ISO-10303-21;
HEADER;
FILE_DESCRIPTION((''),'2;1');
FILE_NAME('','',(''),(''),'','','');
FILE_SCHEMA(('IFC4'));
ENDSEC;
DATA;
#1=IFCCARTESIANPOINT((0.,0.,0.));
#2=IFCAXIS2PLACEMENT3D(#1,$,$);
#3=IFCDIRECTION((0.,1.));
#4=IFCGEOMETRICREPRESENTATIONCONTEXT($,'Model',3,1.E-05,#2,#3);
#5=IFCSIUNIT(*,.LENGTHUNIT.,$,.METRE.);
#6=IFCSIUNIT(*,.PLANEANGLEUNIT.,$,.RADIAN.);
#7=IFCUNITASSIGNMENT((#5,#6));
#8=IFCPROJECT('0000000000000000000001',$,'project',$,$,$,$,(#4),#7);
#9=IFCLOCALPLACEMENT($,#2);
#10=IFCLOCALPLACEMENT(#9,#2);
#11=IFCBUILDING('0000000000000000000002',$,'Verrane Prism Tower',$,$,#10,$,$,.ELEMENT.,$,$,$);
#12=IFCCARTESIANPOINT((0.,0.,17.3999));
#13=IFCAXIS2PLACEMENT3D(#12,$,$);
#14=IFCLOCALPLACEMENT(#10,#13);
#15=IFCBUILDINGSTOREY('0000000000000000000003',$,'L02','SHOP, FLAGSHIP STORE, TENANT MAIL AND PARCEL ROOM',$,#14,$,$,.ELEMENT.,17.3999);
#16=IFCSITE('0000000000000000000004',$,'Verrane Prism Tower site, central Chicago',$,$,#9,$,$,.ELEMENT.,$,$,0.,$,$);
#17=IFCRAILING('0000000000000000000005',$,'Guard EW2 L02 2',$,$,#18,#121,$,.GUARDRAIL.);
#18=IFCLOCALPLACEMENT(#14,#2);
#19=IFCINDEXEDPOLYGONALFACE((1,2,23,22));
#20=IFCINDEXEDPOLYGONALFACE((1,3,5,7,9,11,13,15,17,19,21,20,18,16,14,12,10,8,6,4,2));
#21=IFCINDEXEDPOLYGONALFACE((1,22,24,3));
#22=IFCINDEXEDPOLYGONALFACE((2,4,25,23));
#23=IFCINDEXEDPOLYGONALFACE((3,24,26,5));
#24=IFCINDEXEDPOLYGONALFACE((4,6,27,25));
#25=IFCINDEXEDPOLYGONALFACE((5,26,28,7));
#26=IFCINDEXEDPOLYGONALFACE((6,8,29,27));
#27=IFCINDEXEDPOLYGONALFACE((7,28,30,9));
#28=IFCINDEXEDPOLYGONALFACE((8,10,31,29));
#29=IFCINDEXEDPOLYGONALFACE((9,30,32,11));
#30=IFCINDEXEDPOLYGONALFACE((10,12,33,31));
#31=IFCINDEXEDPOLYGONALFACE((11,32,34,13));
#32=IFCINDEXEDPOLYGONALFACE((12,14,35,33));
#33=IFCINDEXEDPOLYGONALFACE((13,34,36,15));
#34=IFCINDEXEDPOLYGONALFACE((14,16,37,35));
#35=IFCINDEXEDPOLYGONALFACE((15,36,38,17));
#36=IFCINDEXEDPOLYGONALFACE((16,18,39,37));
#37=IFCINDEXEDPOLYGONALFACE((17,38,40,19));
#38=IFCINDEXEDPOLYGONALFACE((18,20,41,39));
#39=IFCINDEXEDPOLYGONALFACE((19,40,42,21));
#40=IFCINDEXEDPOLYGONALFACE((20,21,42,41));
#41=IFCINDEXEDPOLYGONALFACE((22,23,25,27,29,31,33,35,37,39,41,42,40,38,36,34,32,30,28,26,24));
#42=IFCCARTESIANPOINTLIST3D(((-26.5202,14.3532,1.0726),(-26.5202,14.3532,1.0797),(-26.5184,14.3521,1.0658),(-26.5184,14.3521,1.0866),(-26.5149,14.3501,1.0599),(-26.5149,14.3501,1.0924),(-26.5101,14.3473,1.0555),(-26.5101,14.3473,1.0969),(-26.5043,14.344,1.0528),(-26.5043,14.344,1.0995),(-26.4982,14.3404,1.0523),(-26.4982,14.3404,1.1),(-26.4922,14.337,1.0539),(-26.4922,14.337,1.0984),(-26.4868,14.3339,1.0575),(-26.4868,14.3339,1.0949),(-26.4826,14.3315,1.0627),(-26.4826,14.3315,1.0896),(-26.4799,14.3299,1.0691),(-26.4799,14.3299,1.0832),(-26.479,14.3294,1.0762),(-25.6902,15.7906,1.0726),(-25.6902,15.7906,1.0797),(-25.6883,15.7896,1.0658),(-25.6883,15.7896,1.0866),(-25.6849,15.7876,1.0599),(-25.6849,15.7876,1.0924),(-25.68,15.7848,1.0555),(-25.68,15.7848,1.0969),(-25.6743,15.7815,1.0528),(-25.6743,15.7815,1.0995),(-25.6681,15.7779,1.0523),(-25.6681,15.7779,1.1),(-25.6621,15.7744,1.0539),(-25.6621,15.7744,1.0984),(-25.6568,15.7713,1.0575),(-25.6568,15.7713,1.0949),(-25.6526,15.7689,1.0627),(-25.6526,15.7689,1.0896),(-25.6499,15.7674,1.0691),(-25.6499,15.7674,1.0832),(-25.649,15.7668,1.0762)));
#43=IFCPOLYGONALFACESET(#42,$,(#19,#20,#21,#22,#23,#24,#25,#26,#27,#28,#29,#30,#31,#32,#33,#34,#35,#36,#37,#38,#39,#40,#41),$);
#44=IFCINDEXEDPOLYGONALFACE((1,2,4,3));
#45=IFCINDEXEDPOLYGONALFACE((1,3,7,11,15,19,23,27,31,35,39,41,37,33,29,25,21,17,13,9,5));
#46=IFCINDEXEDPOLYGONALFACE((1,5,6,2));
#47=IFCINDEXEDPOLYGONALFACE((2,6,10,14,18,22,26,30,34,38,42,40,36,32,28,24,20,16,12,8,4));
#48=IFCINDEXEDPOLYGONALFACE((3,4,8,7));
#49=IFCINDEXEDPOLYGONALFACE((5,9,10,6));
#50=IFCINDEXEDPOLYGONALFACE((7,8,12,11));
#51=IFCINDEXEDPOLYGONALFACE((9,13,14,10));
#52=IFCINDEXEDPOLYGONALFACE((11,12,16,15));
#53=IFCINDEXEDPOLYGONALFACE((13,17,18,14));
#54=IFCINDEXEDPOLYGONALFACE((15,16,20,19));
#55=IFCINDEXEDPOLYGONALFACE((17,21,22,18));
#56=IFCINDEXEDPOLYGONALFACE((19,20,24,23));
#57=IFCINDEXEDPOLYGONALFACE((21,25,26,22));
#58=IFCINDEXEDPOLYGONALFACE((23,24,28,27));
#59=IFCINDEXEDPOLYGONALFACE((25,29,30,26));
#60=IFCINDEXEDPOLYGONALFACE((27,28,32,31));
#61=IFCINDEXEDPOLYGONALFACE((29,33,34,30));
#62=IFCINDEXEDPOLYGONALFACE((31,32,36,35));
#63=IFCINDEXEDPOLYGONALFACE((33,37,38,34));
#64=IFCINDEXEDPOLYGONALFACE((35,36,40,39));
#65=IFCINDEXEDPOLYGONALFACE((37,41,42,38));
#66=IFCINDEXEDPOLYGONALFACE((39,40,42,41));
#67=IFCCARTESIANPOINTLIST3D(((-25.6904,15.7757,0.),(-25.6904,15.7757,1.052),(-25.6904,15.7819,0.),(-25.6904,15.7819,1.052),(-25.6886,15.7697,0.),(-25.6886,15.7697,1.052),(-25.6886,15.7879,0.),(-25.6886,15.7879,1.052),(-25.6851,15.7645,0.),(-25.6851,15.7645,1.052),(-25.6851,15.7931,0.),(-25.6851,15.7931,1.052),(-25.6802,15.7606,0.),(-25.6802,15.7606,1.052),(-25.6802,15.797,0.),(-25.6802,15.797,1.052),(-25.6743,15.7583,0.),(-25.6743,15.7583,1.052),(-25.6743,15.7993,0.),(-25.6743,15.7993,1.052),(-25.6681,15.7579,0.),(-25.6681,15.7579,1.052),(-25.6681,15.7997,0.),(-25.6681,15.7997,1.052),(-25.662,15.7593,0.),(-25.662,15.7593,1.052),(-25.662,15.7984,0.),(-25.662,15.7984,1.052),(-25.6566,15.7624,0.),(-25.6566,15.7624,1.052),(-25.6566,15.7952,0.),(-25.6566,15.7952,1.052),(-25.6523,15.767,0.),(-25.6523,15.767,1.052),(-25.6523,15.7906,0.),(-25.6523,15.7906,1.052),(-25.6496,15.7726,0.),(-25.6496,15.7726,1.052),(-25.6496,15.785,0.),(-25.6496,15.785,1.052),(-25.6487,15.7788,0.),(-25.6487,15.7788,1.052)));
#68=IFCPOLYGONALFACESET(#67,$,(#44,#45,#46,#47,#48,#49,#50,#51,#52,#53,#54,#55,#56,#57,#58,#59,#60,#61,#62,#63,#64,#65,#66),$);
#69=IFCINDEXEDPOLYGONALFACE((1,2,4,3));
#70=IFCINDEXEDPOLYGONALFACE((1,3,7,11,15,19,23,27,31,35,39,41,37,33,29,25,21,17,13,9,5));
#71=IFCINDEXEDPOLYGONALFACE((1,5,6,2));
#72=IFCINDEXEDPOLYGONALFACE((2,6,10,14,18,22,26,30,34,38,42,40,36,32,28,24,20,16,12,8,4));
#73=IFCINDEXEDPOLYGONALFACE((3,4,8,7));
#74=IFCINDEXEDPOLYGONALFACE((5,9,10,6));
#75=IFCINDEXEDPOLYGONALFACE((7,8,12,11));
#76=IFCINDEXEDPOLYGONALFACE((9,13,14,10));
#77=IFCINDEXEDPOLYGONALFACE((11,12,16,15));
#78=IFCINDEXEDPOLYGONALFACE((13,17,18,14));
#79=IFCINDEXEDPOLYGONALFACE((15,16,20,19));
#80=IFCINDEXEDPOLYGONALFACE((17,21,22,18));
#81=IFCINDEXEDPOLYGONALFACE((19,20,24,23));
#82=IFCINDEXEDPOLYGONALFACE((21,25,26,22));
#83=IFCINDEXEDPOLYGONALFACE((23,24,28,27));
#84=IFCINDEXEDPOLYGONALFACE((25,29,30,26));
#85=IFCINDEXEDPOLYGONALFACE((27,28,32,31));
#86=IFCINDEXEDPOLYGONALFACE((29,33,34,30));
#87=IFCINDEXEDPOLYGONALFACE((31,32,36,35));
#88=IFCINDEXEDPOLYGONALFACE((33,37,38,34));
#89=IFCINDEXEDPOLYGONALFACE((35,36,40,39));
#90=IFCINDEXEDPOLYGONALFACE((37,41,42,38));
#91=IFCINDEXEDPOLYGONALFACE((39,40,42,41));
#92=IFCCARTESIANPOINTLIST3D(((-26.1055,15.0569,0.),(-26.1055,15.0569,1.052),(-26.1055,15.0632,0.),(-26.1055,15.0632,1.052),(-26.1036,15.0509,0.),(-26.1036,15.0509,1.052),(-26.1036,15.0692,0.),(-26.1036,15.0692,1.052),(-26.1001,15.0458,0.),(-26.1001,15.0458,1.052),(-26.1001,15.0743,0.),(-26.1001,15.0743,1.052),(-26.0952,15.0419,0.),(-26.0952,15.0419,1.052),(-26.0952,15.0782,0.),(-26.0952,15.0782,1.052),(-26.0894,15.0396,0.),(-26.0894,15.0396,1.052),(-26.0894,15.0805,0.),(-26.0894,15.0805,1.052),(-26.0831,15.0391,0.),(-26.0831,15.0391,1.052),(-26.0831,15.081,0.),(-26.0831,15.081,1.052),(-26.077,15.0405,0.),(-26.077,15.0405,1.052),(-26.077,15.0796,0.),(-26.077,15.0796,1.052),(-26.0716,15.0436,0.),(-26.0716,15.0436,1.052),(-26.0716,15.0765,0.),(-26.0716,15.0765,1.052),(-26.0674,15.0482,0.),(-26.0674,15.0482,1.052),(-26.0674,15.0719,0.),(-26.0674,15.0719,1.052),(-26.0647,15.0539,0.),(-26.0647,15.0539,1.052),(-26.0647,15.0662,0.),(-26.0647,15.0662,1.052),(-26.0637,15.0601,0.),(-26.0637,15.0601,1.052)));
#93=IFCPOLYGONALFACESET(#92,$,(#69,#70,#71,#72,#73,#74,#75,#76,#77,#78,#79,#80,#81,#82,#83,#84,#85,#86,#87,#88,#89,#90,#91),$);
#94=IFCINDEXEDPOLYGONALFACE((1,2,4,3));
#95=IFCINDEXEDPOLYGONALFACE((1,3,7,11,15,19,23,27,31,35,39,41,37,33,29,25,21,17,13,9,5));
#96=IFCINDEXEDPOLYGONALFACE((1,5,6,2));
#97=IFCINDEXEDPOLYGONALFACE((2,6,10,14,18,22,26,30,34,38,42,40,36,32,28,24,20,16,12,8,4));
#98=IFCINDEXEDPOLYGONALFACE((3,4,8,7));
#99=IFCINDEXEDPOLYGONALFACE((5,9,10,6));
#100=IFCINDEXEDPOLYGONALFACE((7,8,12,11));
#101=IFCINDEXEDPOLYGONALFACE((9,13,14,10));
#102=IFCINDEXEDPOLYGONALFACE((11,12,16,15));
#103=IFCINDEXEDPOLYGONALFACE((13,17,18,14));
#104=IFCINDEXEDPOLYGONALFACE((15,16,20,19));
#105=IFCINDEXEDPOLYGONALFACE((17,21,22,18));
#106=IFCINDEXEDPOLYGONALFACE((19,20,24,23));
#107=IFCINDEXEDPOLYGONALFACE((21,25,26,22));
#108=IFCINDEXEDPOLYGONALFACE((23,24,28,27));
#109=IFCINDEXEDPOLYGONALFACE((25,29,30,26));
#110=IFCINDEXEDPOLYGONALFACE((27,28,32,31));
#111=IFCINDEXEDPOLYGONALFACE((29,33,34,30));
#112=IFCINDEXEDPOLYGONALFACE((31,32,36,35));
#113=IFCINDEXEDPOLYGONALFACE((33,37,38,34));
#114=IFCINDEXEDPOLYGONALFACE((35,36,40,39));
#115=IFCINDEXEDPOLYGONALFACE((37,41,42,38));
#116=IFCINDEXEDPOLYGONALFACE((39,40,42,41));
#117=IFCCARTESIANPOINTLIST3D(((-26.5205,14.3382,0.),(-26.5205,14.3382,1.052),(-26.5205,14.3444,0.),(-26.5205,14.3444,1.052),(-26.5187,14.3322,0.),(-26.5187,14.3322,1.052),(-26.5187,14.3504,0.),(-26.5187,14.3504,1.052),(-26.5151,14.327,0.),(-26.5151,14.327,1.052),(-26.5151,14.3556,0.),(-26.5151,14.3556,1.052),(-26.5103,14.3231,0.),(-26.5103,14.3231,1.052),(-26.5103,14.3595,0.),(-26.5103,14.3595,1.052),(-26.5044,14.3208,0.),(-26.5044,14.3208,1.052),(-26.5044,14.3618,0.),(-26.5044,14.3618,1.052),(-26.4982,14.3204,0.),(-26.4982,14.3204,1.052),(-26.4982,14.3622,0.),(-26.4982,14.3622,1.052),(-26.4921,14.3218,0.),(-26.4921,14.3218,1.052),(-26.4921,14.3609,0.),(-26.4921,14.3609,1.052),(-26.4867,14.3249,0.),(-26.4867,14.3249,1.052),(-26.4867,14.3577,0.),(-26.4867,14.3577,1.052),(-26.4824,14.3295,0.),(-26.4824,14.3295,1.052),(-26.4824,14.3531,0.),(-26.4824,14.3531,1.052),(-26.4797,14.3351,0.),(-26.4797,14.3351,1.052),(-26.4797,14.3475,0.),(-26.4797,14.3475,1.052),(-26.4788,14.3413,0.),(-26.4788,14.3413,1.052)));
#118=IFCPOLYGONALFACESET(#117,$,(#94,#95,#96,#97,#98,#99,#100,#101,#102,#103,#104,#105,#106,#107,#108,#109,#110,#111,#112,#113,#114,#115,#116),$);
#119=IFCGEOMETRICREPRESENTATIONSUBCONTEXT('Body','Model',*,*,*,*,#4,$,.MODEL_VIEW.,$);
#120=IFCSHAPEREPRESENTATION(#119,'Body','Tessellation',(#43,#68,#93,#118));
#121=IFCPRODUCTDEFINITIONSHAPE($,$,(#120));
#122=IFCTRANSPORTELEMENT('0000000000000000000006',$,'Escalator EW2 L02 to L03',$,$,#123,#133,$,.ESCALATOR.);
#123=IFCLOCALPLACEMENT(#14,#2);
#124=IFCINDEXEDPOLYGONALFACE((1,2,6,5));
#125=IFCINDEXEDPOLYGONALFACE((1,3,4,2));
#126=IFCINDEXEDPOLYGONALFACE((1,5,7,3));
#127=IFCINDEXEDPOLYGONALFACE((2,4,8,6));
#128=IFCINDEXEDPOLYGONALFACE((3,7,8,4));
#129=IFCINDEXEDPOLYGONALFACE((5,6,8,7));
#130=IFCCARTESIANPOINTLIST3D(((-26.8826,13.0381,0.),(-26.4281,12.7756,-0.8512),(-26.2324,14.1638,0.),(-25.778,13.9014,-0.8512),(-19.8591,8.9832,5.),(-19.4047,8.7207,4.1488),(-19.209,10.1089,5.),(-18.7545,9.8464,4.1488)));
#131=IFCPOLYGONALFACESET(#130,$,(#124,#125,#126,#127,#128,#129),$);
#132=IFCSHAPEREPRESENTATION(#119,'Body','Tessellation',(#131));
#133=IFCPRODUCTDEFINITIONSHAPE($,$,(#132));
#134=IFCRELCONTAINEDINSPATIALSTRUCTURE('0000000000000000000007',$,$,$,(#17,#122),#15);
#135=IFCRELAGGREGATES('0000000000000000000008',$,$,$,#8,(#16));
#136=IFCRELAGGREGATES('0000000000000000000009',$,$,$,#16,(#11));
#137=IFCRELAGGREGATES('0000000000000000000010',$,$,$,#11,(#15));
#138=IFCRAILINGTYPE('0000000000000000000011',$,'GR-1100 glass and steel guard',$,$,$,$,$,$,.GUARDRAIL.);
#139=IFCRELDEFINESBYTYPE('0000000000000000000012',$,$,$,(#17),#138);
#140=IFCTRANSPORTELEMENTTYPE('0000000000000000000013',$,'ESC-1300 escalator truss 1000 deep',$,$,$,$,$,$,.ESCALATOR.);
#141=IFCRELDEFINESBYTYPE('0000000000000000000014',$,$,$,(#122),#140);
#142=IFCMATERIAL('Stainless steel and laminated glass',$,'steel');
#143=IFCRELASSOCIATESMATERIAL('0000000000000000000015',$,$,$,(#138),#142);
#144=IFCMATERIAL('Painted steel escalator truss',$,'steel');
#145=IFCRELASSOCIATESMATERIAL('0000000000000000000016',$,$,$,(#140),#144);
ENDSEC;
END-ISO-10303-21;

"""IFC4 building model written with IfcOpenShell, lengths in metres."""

from ifc_helpers import new_model, si_unit, direction, frame, origin, origin_2d, place, context, subcontext, project, spatial, polyline, circle, outline, extrude, material, type_object, element, save


model = new_model("IFC4")

# Units and contexts
model_context = context("Model", 3, precision=1e-05, world=origin(), true_north=direction((0.0, 1.0)))
body_context = subcontext(model_context, "Body", "Model", "MODEL_VIEW")
ifc_project = project(units=[si_unit("LENGTHUNIT", "METRE"), si_unit("PLANEANGLEUNIT", "RADIAN")], contexts=[model_context])

# Site, building, storey
site_placement = place(None, origin())
site = spatial("IfcSite", under=ifc_project, at=site_placement, Name="Verrane Prism Tower site, central Chicago", CompositionType="ELEMENT", RefElevation=0.0)
building_placement = place(site_placement, origin())
building = spatial("IfcBuilding", under=site, at=building_placement, Name="Verrane Prism Tower", CompositionType="ELEMENT")
storey_placement = place(building_placement, frame((0.0, 0.0, 17.3999)))
storey = spatial("IfcBuildingStorey", under=building, at=storey_placement, Name="L02", Description="SHOP, FLAGSHIP STORE, TENANT MAIL AND PARCEL ROOM", CompositionType="ELEMENT", Elevation=17.3999)

# Railing
ifc_material_1 = material(Name="Stainless steel and laminated glass", Category="steel")
railing_type = type_object("IfcRailingType", Name="GR-1100 glass and steel guard", PredefinedType="GUARDRAIL", material=ifc_material_1)
railing_placement = place(storey_placement, frame((-25.6697, 15.7788, 0.0)))
element("IfcRailing", 1, at=railing_placement, inside=storey, type_object=railing_type, Name="Guard EW2 L02 2", PredefinedType="GUARDRAIL", context=body_context, shape_type="SweptSolid", body=[
    extrude(circle(Radius=0.0239, at=origin_2d()), frame((0.0, 0.0, 1.0762), z_axis=(-0.500062, -0.86599, 0.0), x_axis=(0.86599, -0.500062, 0.0)), (0.0, 0.0, 1.0), 1.6599),
    extrude(circle(Radius=0.021, at=origin_2d()), origin(), (0.0, 0.0, 1.0), 1.052),
    extrude(circle(Radius=0.021, at=origin_2d()), frame((-0.415, -0.7188, 0.0)), (0.0, 0.0, 1.0), 1.052),
    extrude(circle(Radius=0.021, at=origin_2d()), frame((-0.8301, -1.4375, 0.0)), (0.0, 0.0, 1.0), 1.052),
])

# Transport element
ifc_material_2 = material(Name="Painted steel escalator truss", Category="steel")
transport_element_type = type_object("IfcTransportElementType", Name="ESC-1300 escalator truss 1000 deep", PredefinedType="ESCALATOR", material=ifc_material_2)
transport_element_placement = place(storey_placement, frame((-26.2324, 14.1638, 0.0), z_axis=(-0.454457, 0.262463, 0.851224), x_axis=(0.737184, -0.425608, 0.524803)))
element("IfcTransportElement", 2, at=transport_element_placement, inside=storey, type_object=transport_element_type, Name="Escalator EW2 L02 to L03", PredefinedType="ESCALATOR", context=body_context, shape_type="SweptSolid", body=[
    extrude(outline(polyline([(0.0, 0.0), (9.5274, 0.0), (9.5272, -1.3), (-0.0002, -1.3), (0.0, 0.0)])), origin(), (0.0, 0.0, -1.0), 1.0),
])

save(model, "model.ifc")
